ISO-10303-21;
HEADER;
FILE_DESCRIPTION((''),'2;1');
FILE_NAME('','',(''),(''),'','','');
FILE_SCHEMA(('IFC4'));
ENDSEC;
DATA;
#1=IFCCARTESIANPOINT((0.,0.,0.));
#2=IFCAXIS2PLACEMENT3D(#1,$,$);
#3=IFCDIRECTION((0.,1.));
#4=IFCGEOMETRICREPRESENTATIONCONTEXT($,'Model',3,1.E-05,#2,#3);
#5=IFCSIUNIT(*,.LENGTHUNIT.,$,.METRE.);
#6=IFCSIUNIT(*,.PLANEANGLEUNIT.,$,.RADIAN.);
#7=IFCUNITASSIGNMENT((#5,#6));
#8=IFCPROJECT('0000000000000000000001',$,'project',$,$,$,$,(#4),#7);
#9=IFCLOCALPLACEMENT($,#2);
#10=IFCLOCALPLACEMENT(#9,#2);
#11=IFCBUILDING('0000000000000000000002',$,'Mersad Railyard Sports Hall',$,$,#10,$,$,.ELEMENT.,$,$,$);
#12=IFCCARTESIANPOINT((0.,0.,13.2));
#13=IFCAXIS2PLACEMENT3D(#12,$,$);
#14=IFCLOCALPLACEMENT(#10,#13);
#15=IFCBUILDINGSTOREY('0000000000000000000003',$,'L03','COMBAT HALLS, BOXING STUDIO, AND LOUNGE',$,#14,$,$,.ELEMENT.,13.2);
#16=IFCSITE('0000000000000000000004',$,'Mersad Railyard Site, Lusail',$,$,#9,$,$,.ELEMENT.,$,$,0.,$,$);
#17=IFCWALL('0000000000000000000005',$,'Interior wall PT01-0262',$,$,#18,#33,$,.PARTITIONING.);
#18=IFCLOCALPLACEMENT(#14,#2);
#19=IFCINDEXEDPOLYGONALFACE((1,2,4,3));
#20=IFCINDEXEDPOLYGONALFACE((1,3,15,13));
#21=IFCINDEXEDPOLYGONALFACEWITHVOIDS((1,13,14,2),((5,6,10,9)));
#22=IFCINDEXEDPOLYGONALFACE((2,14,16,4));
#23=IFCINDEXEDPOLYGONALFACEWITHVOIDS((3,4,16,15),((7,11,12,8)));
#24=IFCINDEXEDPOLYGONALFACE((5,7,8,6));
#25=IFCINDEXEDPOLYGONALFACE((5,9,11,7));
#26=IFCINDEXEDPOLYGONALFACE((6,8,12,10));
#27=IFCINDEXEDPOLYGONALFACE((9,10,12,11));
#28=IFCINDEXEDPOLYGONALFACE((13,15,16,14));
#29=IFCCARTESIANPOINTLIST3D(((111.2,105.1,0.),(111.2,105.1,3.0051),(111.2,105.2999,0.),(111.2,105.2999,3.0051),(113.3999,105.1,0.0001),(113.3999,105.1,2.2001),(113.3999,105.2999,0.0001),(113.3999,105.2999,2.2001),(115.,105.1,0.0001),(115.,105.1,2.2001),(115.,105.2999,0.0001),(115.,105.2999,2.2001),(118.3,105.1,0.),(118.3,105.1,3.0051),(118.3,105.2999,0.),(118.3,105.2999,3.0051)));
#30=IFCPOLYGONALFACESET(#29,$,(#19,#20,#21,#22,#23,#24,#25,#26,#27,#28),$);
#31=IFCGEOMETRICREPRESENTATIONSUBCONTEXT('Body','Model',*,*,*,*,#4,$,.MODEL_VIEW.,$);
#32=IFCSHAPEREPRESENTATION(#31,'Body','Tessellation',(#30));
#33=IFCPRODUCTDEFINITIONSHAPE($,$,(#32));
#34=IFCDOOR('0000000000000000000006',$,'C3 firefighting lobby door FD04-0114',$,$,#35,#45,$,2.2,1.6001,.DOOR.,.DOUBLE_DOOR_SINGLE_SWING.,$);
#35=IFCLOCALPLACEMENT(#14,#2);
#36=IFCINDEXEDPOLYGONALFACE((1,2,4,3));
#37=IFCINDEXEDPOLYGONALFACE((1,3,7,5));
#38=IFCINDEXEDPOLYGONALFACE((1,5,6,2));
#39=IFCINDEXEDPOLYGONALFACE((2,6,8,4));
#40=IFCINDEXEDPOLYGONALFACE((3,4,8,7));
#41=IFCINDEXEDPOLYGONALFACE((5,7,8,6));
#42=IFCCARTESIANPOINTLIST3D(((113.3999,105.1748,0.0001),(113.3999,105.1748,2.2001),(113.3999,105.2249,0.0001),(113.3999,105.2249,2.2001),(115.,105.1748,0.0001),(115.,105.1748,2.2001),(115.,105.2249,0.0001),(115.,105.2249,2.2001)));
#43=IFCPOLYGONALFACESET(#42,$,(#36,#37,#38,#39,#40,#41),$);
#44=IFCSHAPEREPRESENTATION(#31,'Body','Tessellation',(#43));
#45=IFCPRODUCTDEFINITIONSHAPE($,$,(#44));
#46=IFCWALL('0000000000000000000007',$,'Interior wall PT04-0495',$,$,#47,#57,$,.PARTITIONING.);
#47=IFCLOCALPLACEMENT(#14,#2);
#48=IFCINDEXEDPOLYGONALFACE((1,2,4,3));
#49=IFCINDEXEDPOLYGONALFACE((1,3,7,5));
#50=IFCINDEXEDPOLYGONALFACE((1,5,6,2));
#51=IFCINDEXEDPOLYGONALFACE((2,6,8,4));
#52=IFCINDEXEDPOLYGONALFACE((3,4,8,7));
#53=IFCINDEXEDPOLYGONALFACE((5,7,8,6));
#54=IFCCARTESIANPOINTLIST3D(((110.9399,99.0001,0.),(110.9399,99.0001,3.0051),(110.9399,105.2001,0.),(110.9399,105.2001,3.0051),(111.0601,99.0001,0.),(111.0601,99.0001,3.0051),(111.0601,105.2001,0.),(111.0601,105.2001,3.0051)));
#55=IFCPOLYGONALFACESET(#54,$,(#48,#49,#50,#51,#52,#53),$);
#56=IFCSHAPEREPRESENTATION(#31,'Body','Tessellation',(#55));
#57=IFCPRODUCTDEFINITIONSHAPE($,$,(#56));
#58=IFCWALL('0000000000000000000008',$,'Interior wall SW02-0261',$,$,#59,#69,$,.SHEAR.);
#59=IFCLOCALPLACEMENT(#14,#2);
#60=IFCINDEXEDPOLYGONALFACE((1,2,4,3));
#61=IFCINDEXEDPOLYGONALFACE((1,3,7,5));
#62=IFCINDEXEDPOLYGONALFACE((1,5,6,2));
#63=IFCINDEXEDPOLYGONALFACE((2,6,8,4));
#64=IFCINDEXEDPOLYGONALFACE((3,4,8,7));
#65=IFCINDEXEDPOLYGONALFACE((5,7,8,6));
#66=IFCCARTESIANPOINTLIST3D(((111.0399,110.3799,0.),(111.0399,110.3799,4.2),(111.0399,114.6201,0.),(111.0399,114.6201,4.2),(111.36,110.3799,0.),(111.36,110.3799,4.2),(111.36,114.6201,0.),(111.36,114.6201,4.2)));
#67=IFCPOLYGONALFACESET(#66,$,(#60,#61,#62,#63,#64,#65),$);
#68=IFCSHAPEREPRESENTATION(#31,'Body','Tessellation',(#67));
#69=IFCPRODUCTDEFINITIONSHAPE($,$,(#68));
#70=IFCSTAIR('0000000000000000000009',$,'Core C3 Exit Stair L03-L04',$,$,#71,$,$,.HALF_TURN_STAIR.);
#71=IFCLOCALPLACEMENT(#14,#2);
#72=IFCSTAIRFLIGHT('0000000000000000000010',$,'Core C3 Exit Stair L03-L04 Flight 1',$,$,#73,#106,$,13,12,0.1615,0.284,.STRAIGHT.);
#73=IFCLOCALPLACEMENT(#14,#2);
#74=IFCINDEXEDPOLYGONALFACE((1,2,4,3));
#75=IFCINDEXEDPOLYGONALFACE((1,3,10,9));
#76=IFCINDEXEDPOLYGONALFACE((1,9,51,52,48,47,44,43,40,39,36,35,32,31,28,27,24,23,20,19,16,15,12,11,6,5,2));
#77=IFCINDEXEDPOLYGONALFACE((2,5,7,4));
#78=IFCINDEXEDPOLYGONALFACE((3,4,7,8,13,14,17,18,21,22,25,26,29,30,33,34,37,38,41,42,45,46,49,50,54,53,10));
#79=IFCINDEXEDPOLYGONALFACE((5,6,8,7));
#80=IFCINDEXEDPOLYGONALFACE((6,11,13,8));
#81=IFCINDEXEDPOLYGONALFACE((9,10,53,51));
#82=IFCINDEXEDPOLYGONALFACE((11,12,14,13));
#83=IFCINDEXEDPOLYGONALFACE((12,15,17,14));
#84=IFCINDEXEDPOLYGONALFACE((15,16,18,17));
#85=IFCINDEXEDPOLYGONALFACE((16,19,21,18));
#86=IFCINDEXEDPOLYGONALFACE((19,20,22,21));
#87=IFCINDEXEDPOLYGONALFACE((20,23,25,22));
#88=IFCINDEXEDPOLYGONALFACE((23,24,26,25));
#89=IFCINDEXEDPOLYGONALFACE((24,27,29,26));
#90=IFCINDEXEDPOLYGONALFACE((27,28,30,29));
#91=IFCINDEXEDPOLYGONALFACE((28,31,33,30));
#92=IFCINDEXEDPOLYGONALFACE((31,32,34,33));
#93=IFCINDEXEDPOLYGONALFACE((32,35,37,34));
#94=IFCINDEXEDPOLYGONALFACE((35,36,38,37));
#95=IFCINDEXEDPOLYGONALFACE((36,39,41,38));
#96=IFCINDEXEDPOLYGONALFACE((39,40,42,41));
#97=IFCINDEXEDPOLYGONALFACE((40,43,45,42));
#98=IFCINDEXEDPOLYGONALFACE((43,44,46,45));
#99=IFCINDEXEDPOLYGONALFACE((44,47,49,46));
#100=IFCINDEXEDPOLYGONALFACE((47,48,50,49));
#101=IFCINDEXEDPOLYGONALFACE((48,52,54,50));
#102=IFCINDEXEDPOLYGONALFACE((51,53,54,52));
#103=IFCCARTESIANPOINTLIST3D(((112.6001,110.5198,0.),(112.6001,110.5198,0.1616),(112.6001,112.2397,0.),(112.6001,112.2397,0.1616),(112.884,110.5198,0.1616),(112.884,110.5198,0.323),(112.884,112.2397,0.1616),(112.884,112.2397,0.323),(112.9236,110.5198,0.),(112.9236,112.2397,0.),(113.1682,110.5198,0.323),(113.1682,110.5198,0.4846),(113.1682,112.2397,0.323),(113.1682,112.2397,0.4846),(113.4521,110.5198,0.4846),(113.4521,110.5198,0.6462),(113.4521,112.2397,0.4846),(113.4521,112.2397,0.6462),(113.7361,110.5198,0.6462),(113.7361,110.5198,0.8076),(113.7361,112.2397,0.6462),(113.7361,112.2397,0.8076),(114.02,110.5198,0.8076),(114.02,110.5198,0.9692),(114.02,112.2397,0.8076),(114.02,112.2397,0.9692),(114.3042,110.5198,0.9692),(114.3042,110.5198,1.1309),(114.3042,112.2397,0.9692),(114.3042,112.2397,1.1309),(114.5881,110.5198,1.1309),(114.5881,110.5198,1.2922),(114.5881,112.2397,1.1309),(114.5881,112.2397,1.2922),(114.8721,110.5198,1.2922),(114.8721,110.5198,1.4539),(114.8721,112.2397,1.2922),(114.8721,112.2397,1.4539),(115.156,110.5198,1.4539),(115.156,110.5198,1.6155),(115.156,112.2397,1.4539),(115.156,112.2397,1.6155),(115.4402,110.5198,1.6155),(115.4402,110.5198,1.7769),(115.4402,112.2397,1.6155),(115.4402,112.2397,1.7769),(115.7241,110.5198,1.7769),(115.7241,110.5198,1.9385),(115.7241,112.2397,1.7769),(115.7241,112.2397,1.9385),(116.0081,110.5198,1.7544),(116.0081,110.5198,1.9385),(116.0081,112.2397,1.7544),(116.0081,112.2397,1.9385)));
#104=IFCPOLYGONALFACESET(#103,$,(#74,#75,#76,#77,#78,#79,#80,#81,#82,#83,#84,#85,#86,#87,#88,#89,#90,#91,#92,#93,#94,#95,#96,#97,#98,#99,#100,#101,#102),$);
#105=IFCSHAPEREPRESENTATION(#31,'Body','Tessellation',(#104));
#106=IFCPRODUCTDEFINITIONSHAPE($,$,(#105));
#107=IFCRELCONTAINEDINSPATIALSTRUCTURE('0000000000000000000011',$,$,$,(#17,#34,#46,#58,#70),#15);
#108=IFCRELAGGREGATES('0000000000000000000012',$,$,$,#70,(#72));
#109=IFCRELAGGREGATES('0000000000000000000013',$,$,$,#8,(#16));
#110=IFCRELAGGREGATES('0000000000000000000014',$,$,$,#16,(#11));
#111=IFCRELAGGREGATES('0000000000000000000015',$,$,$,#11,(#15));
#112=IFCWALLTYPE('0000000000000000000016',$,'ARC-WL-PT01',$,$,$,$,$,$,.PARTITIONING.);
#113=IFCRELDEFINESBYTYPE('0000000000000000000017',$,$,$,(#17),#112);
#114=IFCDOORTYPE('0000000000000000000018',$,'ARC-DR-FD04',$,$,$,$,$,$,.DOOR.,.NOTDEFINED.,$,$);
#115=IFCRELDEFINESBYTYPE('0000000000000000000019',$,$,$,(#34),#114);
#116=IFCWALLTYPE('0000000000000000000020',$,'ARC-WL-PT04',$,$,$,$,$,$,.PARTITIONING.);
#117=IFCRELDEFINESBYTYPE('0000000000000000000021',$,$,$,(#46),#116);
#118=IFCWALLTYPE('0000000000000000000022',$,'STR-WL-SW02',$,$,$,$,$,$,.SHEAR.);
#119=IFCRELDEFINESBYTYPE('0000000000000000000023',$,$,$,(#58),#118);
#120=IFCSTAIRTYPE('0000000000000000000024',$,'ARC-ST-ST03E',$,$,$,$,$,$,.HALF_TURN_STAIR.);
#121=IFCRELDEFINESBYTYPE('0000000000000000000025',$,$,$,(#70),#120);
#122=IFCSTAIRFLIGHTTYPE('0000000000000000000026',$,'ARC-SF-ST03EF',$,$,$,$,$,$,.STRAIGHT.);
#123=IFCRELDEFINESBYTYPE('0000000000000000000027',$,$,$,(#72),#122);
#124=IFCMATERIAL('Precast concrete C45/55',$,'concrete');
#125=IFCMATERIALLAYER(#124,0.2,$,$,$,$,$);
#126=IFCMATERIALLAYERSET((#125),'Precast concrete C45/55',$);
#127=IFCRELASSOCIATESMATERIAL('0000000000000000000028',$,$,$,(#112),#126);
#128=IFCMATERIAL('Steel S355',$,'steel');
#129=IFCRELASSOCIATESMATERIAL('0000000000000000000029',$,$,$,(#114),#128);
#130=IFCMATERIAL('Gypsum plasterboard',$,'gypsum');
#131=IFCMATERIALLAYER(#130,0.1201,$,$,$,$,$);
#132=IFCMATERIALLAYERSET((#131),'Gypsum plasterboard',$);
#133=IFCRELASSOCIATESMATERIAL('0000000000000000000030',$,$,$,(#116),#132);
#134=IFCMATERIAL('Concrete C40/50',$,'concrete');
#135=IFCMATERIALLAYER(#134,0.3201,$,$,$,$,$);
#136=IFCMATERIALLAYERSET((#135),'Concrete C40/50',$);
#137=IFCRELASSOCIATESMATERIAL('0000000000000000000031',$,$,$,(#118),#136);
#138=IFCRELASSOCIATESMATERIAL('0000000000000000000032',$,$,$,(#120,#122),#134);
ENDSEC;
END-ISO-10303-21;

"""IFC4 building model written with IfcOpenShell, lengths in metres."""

from ifc_helpers import new_model, si_unit, direction, frame, frame_2d, origin, place, context, subcontext, project, spatial, polyline, rectangle, outline, extrude, material, layer, layer_set, type_object, element, fill, aggregate, save


model = new_model("IFC4")

# Units and contexts
model_context = context("Model", 3, precision=1e-05, world=origin(), true_north=direction((0.0, 1.0)))
body_context = subcontext(model_context, "Body", "Model", "MODEL_VIEW")
ifc_project = project(units=[si_unit("LENGTHUNIT", "METRE"), si_unit("PLANEANGLEUNIT", "RADIAN")], contexts=[model_context])

# Site, building, storey
site_placement = place(None, origin())
site = spatial("IfcSite", under=ifc_project, at=site_placement, Name="Mersad Railyard Site, Lusail", CompositionType="ELEMENT", RefElevation=0.0)
building_placement = place(site_placement, origin())
building = spatial("IfcBuilding", under=site, at=building_placement, Name="Mersad Railyard Sports Hall", CompositionType="ELEMENT")
storey_placement = place(building_placement, frame((0.0, 0.0, 13.2)))
storey = spatial("IfcBuildingStorey", under=building, at=storey_placement, Name="L03", Description="COMBAT HALLS, BOXING STUDIO, AND LOUNGE", CompositionType="ELEMENT", Elevation=13.2)

# Shared definitions
ifc_material_1 = material(Name="Concrete C40/50", Category="concrete")

# Shared definitions
ifc_material_2 = material(Name="Steel S355", Category="steel")

# Wall, opening, door
ifc_material_3 = material(Name="Precast concrete C45/55", Category="concrete")
ifc_layer_1 = layer(ifc_material_3, 0.2)
ifc_layer_set_1 = layer_set([ifc_layer_1], Name="Precast concrete C45/55")
wall_type_1 = type_object("IfcWallType", Name="ARC-WL-PT01", PredefinedType="PARTITIONING", material=ifc_layer_set_1)
wall_1_placement = place(storey_placement, frame((111.2, 105.2, 0.0), z_axis=(0.0, 0.0, 1.0), x_axis=(1.0, 0.0, 0.0)))
wall_1 = element("IfcWall", 1, at=wall_1_placement, inside=storey, type_object=wall_type_1, Name="Interior wall PT01-0262", PredefinedType="PARTITIONING", context=body_context, shape_type="SweptSolid", body=[
    extrude(rectangle(XDim=7.1001, YDim=0.2, at=frame_2d((3.55, 0.0))), origin(), (0.0, 0.0, 1.0), 3.0051),
])
opening_1_placement = place(wall_1_placement, frame((2.2, 0.0, 0.0)))
opening_1 = element("IfcOpeningElement", 2, at=opening_1_placement, cuts=wall_1, PredefinedType="OPENING", context=body_context, shape_type="SweptSolid", body=[
    extrude(rectangle(XDim=1.6001, YDim=2.2, at=frame_2d((0.8, 1.1001))), frame((0.0, 0.1099, 0.0), z_axis=(0.0, -1.0, 0.0), x_axis=(1.0, 0.0, 0.0)), (0.0, 0.0, 1.0), 0.22),
])
door_type_1 = type_object("IfcDoorType", Name="ARC-DR-FD04", OperationType="NOTDEFINED", PredefinedType="DOOR", material=ifc_material_2)
door_1_placement = place(opening_1_placement, origin())
door_1 = element("IfcDoor", 3, at=door_1_placement, inside=storey, type_object=door_type_1, Name="C3 firefighting lobby door FD04-0114", OperationType="DOUBLE_DOOR_SINGLE_SWING", OverallHeight=2.2, OverallWidth=1.6001, PredefinedType="DOOR", context=body_context, shape_type="SweptSolid", body=[
    extrude(rectangle(XDim=1.6001, YDim=2.2, at=frame_2d((0.8, 1.1001))), frame((0.0, 0.0249, 0.0), z_axis=(0.0, -1.0, 0.0), x_axis=(1.0, 0.0, 0.0)), (0.0, 0.0, 1.0), 0.05),
])
fill(opening_1, door_1)

# Wall
ifc_material_4 = material(Name="Gypsum plasterboard", Category="gypsum")
ifc_layer_2 = layer(ifc_material_4, 0.1201)
ifc_layer_set_2 = layer_set([ifc_layer_2], Name="Gypsum plasterboard")
wall_type_2 = type_object("IfcWallType", Name="ARC-WL-PT04", PredefinedType="PARTITIONING", material=ifc_layer_set_2)
wall_2_placement = place(storey_placement, frame((111.0, 99.0, 0.0), z_axis=(0.0, 0.0, 1.0), x_axis=(0.0, 1.0, 0.0)))
element("IfcWall", 4, at=wall_2_placement, inside=storey, type_object=wall_type_2, Name="Interior wall PT04-0495", PredefinedType="PARTITIONING", context=body_context, shape_type="SweptSolid", body=[
    extrude(rectangle(XDim=6.2, YDim=0.1201, at=frame_2d((3.1001, 0.0))), origin(), (0.0, 0.0, 1.0), 3.0051),
])

# Shared definitions
ifc_layer_3 = layer(ifc_material_1, 0.3201)
ifc_layer_set_3 = layer_set([ifc_layer_3], Name="Concrete C40/50")
wall_type_3 = type_object("IfcWallType", Name="STR-WL-SW02", PredefinedType="SHEAR", material=ifc_layer_set_3)

# Wall
wall_3_placement = place(storey_placement, frame((111.2, 114.6201, 0.0), z_axis=(0.0, 0.0, 1.0), x_axis=(0.0, -1.0, 0.0)))
element("IfcWall", 5, at=wall_3_placement, inside=storey, type_object=wall_type_3, Name="Interior wall SW02-0261", PredefinedType="SHEAR", context=body_context, shape_type="SweptSolid", body=[
    extrude(rectangle(XDim=4.2402, YDim=0.3201, at=frame_2d((2.1201, 0.0))), origin(), (0.0, 0.0, 1.0), 4.2),
])

# Stair, stair flight
stair_type = type_object("IfcStairType", Name="ARC-ST-ST03E", PredefinedType="HALF_TURN_STAIR", material=ifc_material_1)
stair_placement = place(storey_placement, origin())
stair = element("IfcStair", 6, at=stair_placement, inside=storey, type_object=stair_type, Name="Core C3 Exit Stair L03-L04", PredefinedType="HALF_TURN_STAIR")
stair_flight_type = type_object("IfcStairFlightType", Name="ARC-SF-ST03EF", PredefinedType="STRAIGHT", material=ifc_material_1)
stair_flight_placement = place(storey_placement, frame((112.6001, 111.3799, 0.0), z_axis=(0.0, 0.0, 1.0), x_axis=(1.0, 0.0, 0.0)))
stair_flight = element("IfcStairFlight", 7, at=stair_flight_placement, type_object=stair_flight_type, Name="Core C3 Exit Stair L03-L04 Flight 1", NumberOfRisers=13, NumberOfTreads=12, PredefinedType="STRAIGHT", RiserHeight=0.1615, TreadLength=0.284, context=body_context, shape_type="SweptSolid", body=[
    extrude(outline(polyline([(0.0, 0.0), (0.0, 0.1616), (0.2839, 0.1616), (0.2839, 0.323), (0.5681, 0.323), (0.5681, 0.4846), (0.8521, 0.4846), (0.8521, 0.6462), (1.136, 0.6462), (1.136, 0.8076), (1.4199, 0.8076), (1.4199, 0.9692), (1.7041, 0.9692), (1.7041, 1.1309), (1.988, 1.1309), (1.988, 1.2922), (2.272, 1.2922), (2.272, 1.4539), (2.5559, 1.4539), (2.5559, 1.6155), (2.8401, 1.6155), (2.8401, 1.7769), (3.124, 1.7769), (3.124, 1.9385), (3.408, 1.9385), (3.408, 2.1001), (3.408, 1.7544), (0.3235, 0.0), (0.0, 0.0)])), frame((0.0, 0.8599, 0.0), z_axis=(0.0, -1.0, 0.0), x_axis=(1.0, 0.0, 0.0)), (0.0, 0.0, 1.0), 1.72),
])
aggregate(stair, [stair_flight])

save(model, "model.ifc")
